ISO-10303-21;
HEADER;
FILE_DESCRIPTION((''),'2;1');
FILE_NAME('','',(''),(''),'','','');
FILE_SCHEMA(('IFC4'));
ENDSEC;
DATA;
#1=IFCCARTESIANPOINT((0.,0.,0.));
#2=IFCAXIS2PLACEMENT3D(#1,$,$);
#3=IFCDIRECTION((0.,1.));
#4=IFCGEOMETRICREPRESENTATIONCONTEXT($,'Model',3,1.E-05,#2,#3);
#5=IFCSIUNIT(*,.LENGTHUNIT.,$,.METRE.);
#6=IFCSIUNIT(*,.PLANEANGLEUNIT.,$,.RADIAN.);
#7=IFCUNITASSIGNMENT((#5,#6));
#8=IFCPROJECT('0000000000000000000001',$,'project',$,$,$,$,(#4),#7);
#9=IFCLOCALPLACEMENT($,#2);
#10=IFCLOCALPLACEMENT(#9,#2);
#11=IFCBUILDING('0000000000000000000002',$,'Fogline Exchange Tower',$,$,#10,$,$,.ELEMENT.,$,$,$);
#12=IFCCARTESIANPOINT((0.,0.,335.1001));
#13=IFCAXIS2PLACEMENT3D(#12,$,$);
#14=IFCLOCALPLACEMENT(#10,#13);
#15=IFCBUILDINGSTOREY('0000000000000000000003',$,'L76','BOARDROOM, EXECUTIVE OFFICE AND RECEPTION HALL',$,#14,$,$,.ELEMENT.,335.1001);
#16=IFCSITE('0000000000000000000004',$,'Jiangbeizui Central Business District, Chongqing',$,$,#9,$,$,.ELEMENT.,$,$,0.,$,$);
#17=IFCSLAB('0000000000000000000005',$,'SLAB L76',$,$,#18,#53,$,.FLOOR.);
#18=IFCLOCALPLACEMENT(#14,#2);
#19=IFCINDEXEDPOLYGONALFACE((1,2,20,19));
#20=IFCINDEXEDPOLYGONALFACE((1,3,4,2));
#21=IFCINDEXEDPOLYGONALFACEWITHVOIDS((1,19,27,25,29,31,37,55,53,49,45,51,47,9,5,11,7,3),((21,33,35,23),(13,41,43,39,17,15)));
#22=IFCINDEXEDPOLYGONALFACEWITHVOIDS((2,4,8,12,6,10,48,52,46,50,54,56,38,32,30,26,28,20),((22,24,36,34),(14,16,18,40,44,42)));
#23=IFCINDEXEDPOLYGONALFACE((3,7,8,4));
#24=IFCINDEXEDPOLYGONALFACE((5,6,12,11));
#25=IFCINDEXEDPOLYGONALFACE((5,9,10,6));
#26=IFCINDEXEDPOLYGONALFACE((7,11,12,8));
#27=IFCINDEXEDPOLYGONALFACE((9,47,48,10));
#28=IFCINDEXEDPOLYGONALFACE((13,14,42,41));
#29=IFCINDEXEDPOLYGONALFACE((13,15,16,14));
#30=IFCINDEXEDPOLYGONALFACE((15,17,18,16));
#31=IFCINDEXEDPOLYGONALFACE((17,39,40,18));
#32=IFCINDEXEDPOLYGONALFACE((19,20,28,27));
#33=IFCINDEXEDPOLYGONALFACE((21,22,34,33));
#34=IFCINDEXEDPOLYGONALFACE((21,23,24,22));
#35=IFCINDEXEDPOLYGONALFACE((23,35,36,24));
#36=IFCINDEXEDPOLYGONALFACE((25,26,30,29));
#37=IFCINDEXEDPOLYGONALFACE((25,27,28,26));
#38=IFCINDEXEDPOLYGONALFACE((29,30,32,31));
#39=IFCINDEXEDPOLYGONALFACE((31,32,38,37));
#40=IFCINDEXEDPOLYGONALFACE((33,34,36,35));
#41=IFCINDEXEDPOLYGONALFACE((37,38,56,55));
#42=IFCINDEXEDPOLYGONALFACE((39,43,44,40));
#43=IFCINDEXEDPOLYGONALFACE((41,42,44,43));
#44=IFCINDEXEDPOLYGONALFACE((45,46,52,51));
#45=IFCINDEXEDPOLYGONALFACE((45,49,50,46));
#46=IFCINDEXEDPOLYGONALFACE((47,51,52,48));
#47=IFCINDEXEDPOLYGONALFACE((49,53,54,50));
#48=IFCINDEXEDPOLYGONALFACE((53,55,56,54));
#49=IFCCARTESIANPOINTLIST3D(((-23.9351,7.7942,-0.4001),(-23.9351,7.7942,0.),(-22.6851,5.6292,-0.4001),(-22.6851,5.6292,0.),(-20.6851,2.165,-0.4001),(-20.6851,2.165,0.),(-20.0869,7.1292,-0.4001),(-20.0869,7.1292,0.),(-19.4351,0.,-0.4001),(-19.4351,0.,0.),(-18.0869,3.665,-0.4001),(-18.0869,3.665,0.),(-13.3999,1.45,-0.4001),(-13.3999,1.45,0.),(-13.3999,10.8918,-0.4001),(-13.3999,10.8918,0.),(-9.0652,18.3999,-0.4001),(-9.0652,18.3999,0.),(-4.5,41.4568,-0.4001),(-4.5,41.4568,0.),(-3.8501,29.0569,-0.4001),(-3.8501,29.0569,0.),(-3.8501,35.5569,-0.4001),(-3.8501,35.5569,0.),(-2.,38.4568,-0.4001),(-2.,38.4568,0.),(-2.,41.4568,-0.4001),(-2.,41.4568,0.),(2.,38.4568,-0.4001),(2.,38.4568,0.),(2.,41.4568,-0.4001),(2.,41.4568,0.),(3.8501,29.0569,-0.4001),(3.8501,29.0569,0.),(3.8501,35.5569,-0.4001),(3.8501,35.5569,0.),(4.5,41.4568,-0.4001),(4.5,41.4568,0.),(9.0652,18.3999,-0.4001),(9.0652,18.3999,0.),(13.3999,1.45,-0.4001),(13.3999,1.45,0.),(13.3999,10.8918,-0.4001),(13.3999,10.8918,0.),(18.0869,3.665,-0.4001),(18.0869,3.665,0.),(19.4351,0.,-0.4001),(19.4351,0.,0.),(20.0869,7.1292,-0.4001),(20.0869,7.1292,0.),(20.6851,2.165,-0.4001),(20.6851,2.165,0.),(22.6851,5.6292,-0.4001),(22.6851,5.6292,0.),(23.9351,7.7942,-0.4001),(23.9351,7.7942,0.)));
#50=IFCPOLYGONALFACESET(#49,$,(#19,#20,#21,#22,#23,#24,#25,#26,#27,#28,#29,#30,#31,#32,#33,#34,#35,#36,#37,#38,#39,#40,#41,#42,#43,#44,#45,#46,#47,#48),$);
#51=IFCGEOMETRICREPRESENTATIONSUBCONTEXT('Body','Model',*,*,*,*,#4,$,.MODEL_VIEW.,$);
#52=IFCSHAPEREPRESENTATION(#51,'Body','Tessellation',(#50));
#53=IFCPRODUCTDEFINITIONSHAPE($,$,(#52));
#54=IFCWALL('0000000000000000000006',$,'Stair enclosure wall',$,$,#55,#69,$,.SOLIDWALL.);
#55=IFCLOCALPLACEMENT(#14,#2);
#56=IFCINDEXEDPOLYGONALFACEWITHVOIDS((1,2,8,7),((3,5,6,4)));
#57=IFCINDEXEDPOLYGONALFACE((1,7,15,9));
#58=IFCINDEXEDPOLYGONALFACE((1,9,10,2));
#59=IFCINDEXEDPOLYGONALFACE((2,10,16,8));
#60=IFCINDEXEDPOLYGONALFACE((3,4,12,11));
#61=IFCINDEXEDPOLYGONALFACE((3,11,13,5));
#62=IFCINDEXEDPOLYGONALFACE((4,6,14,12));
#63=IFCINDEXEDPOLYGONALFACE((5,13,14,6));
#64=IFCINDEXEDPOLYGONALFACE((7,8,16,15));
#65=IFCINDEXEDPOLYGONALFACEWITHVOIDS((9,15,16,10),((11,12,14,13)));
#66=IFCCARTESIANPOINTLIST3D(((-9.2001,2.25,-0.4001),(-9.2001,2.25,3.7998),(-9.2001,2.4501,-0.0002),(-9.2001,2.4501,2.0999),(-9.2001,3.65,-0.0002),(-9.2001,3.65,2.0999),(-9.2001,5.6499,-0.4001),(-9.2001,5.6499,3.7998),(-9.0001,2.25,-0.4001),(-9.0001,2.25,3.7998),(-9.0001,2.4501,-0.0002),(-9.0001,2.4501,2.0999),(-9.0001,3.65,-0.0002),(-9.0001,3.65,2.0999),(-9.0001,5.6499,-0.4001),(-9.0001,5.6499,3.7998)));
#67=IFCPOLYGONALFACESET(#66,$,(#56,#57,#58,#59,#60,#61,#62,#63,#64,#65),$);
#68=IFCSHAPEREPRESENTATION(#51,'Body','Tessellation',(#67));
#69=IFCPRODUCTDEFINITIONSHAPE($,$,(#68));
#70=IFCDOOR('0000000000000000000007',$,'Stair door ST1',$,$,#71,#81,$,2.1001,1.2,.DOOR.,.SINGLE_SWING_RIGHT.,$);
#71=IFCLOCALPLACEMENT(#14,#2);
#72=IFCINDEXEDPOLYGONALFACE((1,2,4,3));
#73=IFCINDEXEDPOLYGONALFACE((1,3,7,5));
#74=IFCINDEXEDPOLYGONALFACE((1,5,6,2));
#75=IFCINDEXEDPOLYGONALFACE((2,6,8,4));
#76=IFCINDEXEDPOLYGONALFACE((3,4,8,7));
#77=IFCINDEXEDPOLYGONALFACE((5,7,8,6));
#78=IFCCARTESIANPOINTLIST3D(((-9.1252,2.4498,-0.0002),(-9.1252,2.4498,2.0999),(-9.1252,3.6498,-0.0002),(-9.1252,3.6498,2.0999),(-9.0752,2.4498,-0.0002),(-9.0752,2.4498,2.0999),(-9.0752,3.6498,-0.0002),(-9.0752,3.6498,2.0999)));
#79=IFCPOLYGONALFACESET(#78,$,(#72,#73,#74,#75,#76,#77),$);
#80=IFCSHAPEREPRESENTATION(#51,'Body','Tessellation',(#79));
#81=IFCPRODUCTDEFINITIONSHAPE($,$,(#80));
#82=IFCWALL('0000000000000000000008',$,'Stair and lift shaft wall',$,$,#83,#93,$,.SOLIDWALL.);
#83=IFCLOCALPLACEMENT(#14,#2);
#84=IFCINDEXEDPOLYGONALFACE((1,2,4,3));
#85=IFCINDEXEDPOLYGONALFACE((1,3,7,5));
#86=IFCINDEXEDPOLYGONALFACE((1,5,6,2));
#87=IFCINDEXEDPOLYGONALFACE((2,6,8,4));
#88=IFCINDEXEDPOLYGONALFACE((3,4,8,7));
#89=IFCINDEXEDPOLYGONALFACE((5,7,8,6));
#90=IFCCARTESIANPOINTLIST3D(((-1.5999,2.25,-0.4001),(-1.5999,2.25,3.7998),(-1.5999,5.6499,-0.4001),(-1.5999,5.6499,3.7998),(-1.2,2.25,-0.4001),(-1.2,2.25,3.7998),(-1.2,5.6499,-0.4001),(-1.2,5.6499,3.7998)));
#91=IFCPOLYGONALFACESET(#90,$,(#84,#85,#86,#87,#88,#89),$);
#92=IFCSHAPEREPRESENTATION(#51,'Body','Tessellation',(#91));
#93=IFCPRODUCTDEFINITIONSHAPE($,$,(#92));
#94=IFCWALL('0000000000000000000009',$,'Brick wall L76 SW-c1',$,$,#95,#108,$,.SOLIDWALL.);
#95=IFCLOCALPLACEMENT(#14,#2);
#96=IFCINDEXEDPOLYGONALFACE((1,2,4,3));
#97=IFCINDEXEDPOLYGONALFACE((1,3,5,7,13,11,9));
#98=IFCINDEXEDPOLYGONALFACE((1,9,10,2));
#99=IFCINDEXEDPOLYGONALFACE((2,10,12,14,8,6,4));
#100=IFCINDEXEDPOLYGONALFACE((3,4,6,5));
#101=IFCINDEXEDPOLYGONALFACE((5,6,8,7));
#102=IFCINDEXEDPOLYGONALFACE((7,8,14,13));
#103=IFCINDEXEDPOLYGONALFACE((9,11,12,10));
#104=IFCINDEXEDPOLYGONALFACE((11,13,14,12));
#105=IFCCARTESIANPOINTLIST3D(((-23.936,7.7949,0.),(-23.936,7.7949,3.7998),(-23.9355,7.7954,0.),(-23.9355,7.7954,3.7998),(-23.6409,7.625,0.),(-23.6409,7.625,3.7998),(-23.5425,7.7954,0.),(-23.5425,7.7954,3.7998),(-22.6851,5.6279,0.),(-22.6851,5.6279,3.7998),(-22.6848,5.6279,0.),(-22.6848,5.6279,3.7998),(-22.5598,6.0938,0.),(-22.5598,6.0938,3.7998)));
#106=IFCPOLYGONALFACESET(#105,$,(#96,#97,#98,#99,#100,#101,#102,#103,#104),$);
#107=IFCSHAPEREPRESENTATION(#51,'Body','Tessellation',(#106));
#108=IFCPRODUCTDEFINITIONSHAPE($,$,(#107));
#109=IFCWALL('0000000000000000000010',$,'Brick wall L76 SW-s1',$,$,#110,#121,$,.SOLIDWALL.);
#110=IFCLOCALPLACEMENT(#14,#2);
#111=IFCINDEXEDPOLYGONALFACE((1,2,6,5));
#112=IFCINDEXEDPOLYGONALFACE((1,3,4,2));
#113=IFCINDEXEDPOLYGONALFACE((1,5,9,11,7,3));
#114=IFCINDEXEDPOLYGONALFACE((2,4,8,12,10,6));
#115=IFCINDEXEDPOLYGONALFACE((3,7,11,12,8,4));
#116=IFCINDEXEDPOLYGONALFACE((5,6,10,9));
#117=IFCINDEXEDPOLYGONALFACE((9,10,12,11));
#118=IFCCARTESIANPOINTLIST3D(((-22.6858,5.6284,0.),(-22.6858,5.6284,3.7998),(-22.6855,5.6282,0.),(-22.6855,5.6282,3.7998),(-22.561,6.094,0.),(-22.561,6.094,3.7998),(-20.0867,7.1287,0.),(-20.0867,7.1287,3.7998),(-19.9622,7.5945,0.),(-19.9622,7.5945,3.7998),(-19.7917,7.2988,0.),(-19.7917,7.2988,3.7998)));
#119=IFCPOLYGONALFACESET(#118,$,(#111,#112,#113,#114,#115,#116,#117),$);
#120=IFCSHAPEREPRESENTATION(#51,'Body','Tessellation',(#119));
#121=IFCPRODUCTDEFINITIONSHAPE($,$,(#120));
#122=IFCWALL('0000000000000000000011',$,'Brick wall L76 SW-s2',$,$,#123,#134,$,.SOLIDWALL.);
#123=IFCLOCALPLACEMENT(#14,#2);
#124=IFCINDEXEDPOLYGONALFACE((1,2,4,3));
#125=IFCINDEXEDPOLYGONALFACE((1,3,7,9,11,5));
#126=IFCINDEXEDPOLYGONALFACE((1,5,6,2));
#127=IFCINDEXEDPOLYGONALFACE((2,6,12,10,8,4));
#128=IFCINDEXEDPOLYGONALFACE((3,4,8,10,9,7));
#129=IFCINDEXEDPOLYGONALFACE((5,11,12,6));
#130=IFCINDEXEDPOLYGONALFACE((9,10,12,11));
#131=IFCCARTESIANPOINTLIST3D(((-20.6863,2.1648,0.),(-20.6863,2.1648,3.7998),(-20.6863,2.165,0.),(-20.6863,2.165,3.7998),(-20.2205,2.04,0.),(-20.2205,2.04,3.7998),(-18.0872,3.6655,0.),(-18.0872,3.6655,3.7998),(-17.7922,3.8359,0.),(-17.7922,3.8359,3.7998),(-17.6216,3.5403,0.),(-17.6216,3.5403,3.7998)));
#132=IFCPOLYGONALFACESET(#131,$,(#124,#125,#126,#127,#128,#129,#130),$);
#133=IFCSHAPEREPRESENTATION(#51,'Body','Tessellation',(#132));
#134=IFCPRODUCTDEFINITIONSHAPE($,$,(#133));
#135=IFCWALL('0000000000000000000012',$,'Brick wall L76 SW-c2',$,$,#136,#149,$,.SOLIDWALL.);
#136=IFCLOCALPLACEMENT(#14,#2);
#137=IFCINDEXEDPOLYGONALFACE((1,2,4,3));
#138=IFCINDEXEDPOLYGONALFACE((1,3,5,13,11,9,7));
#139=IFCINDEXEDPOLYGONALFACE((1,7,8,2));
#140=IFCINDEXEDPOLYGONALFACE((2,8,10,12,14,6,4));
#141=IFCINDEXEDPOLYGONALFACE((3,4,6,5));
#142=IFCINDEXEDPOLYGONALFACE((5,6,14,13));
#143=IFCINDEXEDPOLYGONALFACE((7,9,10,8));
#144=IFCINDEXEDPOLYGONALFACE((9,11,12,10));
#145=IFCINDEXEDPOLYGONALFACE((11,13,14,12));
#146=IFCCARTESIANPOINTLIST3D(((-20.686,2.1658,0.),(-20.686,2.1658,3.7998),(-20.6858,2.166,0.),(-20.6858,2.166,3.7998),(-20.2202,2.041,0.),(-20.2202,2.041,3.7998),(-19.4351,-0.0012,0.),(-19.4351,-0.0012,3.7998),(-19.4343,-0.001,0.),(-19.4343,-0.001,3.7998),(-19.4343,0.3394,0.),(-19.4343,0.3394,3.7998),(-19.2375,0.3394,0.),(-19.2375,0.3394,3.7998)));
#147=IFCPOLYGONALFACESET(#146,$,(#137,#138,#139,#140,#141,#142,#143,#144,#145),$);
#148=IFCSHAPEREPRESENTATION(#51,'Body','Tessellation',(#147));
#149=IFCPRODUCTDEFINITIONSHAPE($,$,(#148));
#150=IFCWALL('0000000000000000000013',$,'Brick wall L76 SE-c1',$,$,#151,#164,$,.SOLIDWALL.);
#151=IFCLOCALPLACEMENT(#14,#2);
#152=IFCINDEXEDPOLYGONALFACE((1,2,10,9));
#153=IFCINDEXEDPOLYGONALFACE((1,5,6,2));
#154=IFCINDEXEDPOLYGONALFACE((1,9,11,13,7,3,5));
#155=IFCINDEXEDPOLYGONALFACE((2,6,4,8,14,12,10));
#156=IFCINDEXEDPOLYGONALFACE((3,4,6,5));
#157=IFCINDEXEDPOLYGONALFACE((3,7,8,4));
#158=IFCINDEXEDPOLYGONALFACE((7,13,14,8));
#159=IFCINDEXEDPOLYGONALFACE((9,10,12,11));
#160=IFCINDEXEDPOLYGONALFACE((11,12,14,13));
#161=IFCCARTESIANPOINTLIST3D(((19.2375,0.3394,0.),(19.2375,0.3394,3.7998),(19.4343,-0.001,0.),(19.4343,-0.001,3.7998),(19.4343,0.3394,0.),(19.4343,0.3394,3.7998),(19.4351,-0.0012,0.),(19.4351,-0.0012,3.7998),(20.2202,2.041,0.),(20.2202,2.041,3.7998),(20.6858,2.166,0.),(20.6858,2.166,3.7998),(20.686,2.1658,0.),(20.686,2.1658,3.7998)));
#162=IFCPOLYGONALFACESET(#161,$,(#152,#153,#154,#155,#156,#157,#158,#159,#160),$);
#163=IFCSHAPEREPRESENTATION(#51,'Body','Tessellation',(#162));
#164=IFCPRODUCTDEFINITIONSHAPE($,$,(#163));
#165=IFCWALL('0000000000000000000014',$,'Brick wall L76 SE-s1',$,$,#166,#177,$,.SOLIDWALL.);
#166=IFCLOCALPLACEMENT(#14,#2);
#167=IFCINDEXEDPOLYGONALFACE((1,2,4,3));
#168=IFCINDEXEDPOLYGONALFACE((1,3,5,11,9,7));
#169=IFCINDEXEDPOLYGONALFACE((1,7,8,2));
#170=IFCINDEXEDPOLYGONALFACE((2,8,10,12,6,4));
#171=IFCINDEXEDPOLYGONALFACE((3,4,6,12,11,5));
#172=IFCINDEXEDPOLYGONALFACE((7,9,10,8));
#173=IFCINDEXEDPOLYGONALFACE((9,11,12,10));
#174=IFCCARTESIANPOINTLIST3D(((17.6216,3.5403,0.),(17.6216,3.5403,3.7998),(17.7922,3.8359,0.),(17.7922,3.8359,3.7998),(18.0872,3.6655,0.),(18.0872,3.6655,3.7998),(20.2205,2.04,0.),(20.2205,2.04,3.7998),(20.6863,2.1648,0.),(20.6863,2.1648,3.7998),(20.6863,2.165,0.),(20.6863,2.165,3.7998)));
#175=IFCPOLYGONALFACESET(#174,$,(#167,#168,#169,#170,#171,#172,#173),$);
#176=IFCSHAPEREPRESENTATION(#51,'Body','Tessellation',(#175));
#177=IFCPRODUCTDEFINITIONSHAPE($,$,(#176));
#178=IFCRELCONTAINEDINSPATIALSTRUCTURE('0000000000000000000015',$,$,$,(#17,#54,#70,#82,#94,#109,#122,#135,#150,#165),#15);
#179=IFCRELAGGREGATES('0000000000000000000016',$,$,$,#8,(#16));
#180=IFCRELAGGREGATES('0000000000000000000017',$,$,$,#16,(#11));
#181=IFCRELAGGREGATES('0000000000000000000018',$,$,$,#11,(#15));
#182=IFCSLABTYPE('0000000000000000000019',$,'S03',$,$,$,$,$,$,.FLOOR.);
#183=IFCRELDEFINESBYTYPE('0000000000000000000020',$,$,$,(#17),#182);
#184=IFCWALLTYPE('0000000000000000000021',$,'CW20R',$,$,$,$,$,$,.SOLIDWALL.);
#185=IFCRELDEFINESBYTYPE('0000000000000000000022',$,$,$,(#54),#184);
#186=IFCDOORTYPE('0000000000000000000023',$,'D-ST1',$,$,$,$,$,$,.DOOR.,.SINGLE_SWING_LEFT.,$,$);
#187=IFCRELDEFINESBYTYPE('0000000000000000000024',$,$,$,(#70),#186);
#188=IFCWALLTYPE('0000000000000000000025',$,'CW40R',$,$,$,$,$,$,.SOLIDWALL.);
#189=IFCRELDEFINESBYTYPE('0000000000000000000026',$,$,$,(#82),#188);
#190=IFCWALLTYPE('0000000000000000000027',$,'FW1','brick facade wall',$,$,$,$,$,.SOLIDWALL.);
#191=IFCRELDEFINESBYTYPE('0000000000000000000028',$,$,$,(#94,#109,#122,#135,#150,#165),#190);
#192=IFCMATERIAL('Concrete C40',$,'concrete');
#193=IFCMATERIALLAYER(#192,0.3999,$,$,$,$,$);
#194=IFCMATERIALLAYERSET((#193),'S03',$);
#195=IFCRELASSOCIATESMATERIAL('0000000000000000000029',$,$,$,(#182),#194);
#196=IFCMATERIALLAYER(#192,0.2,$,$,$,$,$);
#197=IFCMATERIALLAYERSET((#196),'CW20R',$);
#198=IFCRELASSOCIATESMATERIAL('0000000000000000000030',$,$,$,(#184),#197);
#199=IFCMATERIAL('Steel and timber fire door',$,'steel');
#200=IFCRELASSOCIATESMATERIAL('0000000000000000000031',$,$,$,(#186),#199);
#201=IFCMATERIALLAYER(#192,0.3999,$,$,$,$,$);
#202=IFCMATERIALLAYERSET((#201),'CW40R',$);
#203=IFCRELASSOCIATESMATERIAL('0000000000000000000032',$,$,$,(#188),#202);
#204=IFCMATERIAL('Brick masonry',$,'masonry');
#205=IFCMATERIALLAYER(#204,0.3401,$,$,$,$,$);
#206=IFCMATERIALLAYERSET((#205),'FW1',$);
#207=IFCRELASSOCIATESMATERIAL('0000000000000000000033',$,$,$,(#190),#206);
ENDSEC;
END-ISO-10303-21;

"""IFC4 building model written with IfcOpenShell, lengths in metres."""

from ifc_helpers import new_model, si_unit, direction, frame, frame_2d, origin, place, context, subcontext, project, spatial, polyline, rectangle, outline, extrude, material, layer, layer_set, type_object, element, fill, save


model = new_model("IFC4")

# Units and contexts
model_context = context("Model", 3, precision=1e-05, world=origin(), true_north=direction((0.0, 1.0)))
body_context = subcontext(model_context, "Body", "Model", "MODEL_VIEW")
ifc_project = project(units=[si_unit("LENGTHUNIT", "METRE"), si_unit("PLANEANGLEUNIT", "RADIAN")], contexts=[model_context])

# Site, building, storey
site_placement = place(None, origin())
site = spatial("IfcSite", under=ifc_project, at=site_placement, Name="Jiangbeizui Central Business District, Chongqing", CompositionType="ELEMENT", RefElevation=0.0)
building_placement = place(site_placement, origin())
building = spatial("IfcBuilding", under=site, at=building_placement, Name="Fogline Exchange Tower", CompositionType="ELEMENT")
storey_placement = place(building_placement, frame((0.0, 0.0, 335.1001)))
storey = spatial("IfcBuildingStorey", under=building, at=storey_placement, Name="L76", Description="BOARDROOM, EXECUTIVE OFFICE AND RECEPTION HALL", CompositionType="ELEMENT", Elevation=335.1001)

# Slab
ifc_material_1 = material(Name="Concrete C40", Category="concrete")
ifc_layer_1 = layer(ifc_material_1, 0.3999)
ifc_layer_set_1 = layer_set([ifc_layer_1], Name="S03")
slab_type = type_object("IfcSlabType", Name="S03", PredefinedType="FLOOR", material=ifc_layer_set_1)
slab_placement = place(storey_placement, frame((0.0, 0.0, -0.4001)))
element("IfcSlab", 1, at=slab_placement, inside=storey, type_object=slab_type, Name="SLAB L76", PredefinedType="FLOOR", context=body_context, shape_type="SweptSolid", body=[
    extrude(outline(polyline([(-2.0, 41.4568), (-4.5, 41.4568), (-23.9351, 7.7942), (-22.6851, 5.6292), (-20.0869, 7.1292), (-18.0869, 3.665), (-20.6851, 2.165), (-19.4351, 0.0), (19.4351, 0.0), (20.6851, 2.165), (18.0869, 3.665), (20.0869, 7.1292), (22.6851, 5.6292), (23.9351, 7.7942), (4.5, 41.4568), (2.0, 41.4568), (2.0, 38.4568), (-2.0, 38.4568), (-2.0, 41.4568)]), holes=[polyline([(13.3999, 10.8918), (13.3999, 1.45), (-13.3999, 1.45), (-13.3999, 10.8918), (-9.0652, 18.3999), (9.0652, 18.3999), (13.3999, 10.8918)]), polyline([(3.8501, 35.5569), (3.8501, 29.0569), (-3.8501, 29.0569), (-3.8501, 35.5569), (3.8501, 35.5569)])]), origin(), (0.0, 0.0, 1.0), 0.4001),
])

# Wall, opening, door
ifc_layer_2 = layer(ifc_material_1, 0.2)
ifc_layer_set_2 = layer_set([ifc_layer_2], Name="CW20R")
wall_type_1 = type_object("IfcWallType", Name="CW20R", PredefinedType="SOLIDWALL", material=ifc_layer_set_2)
wall_1_placement = place(storey_placement, frame((-9.1001, 2.25, -0.4001), z_axis=(0.0, 0.0, 1.0), x_axis=(0.0, 1.0, 0.0)))
wall_1 = element("IfcWall", 2, at=wall_1_placement, inside=storey, type_object=wall_type_1, Name="Stair enclosure wall", PredefinedType="SOLIDWALL", context=body_context, shape_type="SweptSolid", body=[
    extrude(rectangle(XDim=3.3999, YDim=0.2, at=frame_2d((1.7, 0.0))), origin(), (0.0, 0.0, 1.0), 4.2),
])
opening_placement = place(wall_1_placement, frame((0.2, 0.0, 0.3999)))
opening = element("IfcOpeningElement", 3, at=opening_placement, cuts=wall_1, PredefinedType="OPENING", context=body_context, shape_type="SweptSolid", body=[
    extrude(rectangle(XDim=1.2, YDim=2.1001, at=frame_2d((0.6001, 1.05))), frame((0.0, 0.1099, 0.0), z_axis=(0.0, -1.0, 0.0), x_axis=(1.0, 0.0, 0.0)), (0.0, 0.0, 1.0), 0.22),
])
ifc_material_2 = material(Name="Steel and timber fire door", Category="steel")
door_type = type_object("IfcDoorType", Name="D-ST1", OperationType="SINGLE_SWING_LEFT", PredefinedType="DOOR", material=ifc_material_2)
door_placement = place(opening_placement, frame((1.2, 0.0, 0.0), z_axis=(0.0, 0.0, 1.0), x_axis=(-1.0, 0.0, 0.0)))
door = element("IfcDoor", 4, at=door_placement, inside=storey, type_object=door_type, Name="Stair door ST1", OperationType="SINGLE_SWING_RIGHT", OverallHeight=2.1001, OverallWidth=1.2, PredefinedType="DOOR", context=body_context, shape_type="SweptSolid", body=[
    extrude(rectangle(XDim=1.2, YDim=2.1001, at=frame_2d((0.6001, 1.05))), frame((0.0, 0.0249, 0.0), z_axis=(0.0, -1.0, 0.0), x_axis=(1.0, 0.0, 0.0)), (0.0, 0.0, 1.0), 0.05),
])
fill(opening, door)

# Walls
ifc_layer_3 = layer(ifc_material_1, 0.3999)
ifc_layer_set_3 = layer_set([ifc_layer_3], Name="CW40R")
wall_type_2 = type_object("IfcWallType", Name="CW40R", PredefinedType="SOLIDWALL", material=ifc_layer_set_3)
wall_2_placement = place(storey_placement, frame((-1.3999, 2.25, -0.4001), z_axis=(0.0, 0.0, 1.0), x_axis=(0.0, 1.0, 0.0)))
element("IfcWall", 5, at=wall_2_placement, inside=storey, type_object=wall_type_2, Name="Stair and lift shaft wall", PredefinedType="SOLIDWALL", context=body_context, shape_type="SweptSolid", body=[
    extrude(rectangle(XDim=3.3999, YDim=0.3999, at=frame_2d((1.7, 0.0))), origin(), (0.0, 0.0, 1.0), 4.2),
])
ifc_material_3 = material(Name="Brick masonry", Category="masonry")
ifc_layer_4 = layer(ifc_material_3, 0.3401)
ifc_layer_set_4 = layer_set([ifc_layer_4], Name="FW1")
wall_type_3 = type_object("IfcWallType", Name="FW1", Description="brick facade wall", PredefinedType="SOLIDWALL", material=ifc_layer_set_4)
wall_3_placement = place(storey_placement, origin())
element("IfcWall", 6, at=wall_3_placement, inside=storey, type_object=wall_type_3, Name="Brick wall L76 SW-c1", PredefinedType="SOLIDWALL", context=body_context, shape_type="SweptSolid", body=[
    extrude(outline(polyline([(-22.6851, 5.6279), (-23.936, 7.7949), (-23.9355, 7.7954), (-23.6409, 7.625), (-23.5425, 7.7954), (-22.5598, 6.0938), (-22.6848, 5.6279), (-22.6851, 5.6279)])), origin(), (0.0, 0.0, 1.0), 3.7998),
])
wall_4_placement = place(storey_placement, origin())
element("IfcWall", 7, at=wall_4_placement, inside=storey, type_object=wall_type_3, Name="Brick wall L76 SW-s1", PredefinedType="SOLIDWALL", context=body_context, shape_type="SweptSolid", body=[
    extrude(outline(polyline([(-19.9622, 7.5945), (-19.7917, 7.2988), (-20.0867, 7.1287), (-22.6855, 5.6282), (-22.6858, 5.6284), (-22.561, 6.094), (-19.9622, 7.5945)])), origin(), (0.0, 0.0, 1.0), 3.7998),
])
wall_5_placement = place(storey_placement, origin())
element("IfcWall", 8, at=wall_5_placement, inside=storey, type_object=wall_type_3, Name="Brick wall L76 SW-s2", PredefinedType="SOLIDWALL", context=body_context, shape_type="SweptSolid", body=[
    extrude(outline(polyline([(-20.6863, 2.165), (-18.0872, 3.6655), (-17.7922, 3.8359), (-17.6216, 3.5403), (-20.2205, 2.04), (-20.6863, 2.1648), (-20.6863, 2.165)])), origin(), (0.0, 0.0, 1.0), 3.7998),
])
wall_6_placement = place(storey_placement, origin())
element("IfcWall", 9, at=wall_6_placement, inside=storey, type_object=wall_type_3, Name="Brick wall L76 SW-c2", PredefinedType="SOLIDWALL", context=body_context, shape_type="SweptSolid", body=[
    extrude(outline(polyline([(-19.2375, 0.3394), (-19.4343, 0.3394), (-19.4343, -0.001), (-19.4351, -0.0012), (-20.686, 2.1658), (-20.6858, 2.166), (-20.2202, 2.041), (-19.2375, 0.3394)])), origin(), (0.0, 0.0, 1.0), 3.7998),
])
wall_7_placement = place(storey_placement, origin())
element("IfcWall", 10, at=wall_7_placement, inside=storey, type_object=wall_type_3, Name="Brick wall L76 SE-c1", PredefinedType="SOLIDWALL", context=body_context, shape_type="SweptSolid", body=[
    extrude(outline(polyline([(20.686, 2.1658), (19.4351, -0.0012), (19.4343, -0.001), (19.4343, 0.3394), (19.2375, 0.3394), (20.2202, 2.041), (20.6858, 2.166), (20.686, 2.1658)])), origin(), (0.0, 0.0, 1.0), 3.7998),
])
wall_8_placement = place(storey_placement, origin())
element("IfcWall", 11, at=wall_8_placement, inside=storey, type_object=wall_type_3, Name="Brick wall L76 SE-s1", PredefinedType="SOLIDWALL", context=body_context, shape_type="SweptSolid", body=[
    extrude(outline(polyline([(17.6216, 3.5403), (17.7922, 3.8359), (18.0872, 3.6655), (20.6863, 2.165), (20.6863, 2.1648), (20.2205, 2.04), (17.6216, 3.5403)])), origin(), (0.0, 0.0, 1.0), 3.7998),
])

save(model, "model.ifc")
